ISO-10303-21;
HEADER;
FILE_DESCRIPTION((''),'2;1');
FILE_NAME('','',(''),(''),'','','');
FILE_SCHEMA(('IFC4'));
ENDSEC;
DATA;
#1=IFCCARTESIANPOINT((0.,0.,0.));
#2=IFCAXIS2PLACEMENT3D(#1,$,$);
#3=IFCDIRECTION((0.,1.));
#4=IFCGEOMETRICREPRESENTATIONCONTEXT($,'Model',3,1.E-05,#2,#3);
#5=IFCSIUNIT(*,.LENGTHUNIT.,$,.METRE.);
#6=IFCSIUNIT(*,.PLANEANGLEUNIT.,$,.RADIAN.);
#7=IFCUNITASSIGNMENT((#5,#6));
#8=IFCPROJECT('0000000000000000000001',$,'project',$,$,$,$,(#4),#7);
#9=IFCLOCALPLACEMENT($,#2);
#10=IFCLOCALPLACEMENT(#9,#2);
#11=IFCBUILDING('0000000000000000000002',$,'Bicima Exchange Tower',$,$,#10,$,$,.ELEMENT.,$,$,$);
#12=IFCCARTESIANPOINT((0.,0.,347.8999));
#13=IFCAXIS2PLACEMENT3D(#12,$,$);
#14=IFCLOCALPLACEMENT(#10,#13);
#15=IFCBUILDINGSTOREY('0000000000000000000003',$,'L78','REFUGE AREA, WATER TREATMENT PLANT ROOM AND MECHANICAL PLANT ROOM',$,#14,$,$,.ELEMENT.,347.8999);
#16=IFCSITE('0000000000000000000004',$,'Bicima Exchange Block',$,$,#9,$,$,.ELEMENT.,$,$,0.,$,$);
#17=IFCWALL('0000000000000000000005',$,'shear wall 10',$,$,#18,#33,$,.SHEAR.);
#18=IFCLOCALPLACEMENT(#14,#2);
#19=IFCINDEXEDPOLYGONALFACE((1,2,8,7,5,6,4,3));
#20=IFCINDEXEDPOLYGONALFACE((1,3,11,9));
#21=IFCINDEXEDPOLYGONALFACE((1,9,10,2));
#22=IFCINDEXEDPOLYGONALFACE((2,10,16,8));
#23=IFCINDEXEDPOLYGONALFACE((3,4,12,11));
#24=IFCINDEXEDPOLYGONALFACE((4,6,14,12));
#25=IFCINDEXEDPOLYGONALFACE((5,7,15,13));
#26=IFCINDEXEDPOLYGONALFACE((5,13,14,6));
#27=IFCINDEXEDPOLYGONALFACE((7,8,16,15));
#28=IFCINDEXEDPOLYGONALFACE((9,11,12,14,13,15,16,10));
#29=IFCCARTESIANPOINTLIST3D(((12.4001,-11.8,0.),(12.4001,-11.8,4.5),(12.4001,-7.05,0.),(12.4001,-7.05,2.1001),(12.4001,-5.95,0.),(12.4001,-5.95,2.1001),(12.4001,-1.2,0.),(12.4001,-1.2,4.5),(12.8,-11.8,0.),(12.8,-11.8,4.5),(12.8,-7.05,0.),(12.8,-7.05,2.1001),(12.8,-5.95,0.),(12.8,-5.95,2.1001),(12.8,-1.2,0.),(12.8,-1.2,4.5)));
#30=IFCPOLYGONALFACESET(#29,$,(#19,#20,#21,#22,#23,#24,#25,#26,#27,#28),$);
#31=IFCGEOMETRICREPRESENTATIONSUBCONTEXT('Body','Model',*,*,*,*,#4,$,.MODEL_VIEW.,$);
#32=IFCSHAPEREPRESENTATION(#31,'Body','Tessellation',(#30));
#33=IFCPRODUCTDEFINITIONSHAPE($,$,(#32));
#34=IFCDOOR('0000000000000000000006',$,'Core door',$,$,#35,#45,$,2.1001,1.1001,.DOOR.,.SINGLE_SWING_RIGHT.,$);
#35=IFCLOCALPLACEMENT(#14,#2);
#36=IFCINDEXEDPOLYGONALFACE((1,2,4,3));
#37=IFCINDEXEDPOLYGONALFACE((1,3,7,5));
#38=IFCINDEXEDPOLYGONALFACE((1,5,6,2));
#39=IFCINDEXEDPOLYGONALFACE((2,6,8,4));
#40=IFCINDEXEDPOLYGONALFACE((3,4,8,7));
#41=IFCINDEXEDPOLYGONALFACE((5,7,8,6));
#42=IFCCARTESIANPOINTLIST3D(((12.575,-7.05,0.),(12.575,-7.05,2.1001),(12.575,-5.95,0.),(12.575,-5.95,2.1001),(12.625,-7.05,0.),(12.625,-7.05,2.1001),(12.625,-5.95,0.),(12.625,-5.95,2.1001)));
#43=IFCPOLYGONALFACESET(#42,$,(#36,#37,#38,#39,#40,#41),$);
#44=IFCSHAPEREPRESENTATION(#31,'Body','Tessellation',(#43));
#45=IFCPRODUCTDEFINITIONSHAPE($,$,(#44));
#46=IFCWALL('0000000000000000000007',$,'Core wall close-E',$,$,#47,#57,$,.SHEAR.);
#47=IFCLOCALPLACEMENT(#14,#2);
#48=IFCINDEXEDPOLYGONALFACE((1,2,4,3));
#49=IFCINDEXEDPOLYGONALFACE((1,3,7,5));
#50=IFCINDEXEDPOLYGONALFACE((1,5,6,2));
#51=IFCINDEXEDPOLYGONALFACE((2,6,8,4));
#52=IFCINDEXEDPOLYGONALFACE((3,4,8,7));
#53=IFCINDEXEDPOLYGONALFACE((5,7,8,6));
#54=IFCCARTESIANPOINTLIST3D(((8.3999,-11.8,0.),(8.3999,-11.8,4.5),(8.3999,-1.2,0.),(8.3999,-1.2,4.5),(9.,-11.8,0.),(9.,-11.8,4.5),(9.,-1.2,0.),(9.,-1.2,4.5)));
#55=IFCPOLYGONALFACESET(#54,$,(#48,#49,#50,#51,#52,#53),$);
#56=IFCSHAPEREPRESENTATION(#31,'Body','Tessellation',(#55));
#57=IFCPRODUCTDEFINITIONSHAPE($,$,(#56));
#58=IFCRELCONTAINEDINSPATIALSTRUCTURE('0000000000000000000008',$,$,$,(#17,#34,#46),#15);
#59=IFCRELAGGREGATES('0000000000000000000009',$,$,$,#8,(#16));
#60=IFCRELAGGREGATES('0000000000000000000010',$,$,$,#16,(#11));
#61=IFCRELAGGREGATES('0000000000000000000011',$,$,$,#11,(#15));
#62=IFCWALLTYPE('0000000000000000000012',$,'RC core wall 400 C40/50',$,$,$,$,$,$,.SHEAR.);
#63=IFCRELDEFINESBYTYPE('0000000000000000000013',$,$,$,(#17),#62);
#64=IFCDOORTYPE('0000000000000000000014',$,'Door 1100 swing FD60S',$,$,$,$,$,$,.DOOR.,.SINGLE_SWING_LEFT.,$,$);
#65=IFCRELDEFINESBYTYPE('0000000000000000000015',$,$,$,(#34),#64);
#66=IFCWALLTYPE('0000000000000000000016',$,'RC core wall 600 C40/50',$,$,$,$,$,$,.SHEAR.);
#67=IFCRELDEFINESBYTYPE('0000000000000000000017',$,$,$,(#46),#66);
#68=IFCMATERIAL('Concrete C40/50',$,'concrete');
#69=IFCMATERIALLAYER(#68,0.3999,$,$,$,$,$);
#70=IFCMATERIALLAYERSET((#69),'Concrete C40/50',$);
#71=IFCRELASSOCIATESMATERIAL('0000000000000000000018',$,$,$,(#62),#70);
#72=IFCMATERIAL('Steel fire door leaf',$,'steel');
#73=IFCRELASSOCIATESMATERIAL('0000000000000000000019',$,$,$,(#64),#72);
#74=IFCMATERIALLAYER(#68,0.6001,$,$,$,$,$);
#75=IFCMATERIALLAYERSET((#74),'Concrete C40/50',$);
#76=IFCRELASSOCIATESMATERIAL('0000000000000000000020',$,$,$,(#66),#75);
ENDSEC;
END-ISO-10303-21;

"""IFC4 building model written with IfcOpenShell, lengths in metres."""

from ifc_helpers import new_model, si_unit, direction, frame, frame_2d, origin, place, context, subcontext, project, spatial, rectangle, extrude, material, layer, layer_set, type_object, element, fill, save


model = new_model("IFC4")

# Units and contexts
model_context = context("Model", 3, precision=1e-05, world=origin(), true_north=direction((0.0, 1.0)))
body_context = subcontext(model_context, "Body", "Model", "MODEL_VIEW")
ifc_project = project(units=[si_unit("LENGTHUNIT", "METRE"), si_unit("PLANEANGLEUNIT", "RADIAN")], contexts=[model_context])

# Site, building, storey
site_placement = place(None, origin())
site = spatial("IfcSite", under=ifc_project, at=site_placement, Name="Bicima Exchange Block", CompositionType="ELEMENT", RefElevation=0.0)
building_placement = place(site_placement, origin())
building = spatial("IfcBuilding", under=site, at=building_placement, Name="Bicima Exchange Tower", CompositionType="ELEMENT")
storey_placement = place(building_placement, frame((0.0, 0.0, 347.8999)))
storey = spatial("IfcBuildingStorey", under=building, at=storey_placement, Name="L78", Description="REFUGE AREA, WATER TREATMENT PLANT ROOM AND MECHANICAL PLANT ROOM", CompositionType="ELEMENT", Elevation=347.8999)

# Shared definitions
ifc_material_1 = material(Name="Concrete C40/50", Category="concrete")

# Shared definitions
ifc_material_2 = material(Name="Steel fire door leaf", Category="steel")

# Wall, opening, door
ifc_layer_1 = layer(ifc_material_1, 0.3999)
ifc_layer_set_1 = layer_set([ifc_layer_1], Name="Concrete C40/50")
wall_type_1 = type_object("IfcWallType", Name="RC core wall 400 C40/50", PredefinedType="SHEAR", material=ifc_layer_set_1)
wall_1_placement = place(storey_placement, frame((12.6001, -11.8, 0.0), z_axis=(0.0, 0.0, 1.0), x_axis=(0.0, 1.0, 0.0)))
wall_1 = element("IfcWall", 1, at=wall_1_placement, inside=storey, type_object=wall_type_1, Name="shear wall 10", PredefinedType="SHEAR", context=body_context, shape_type="SweptSolid", body=[
    extrude(rectangle(XDim=10.6001, YDim=0.3999, at=frame_2d((5.3, 0.0))), origin(), (0.0, 0.0, 1.0), 4.5),
])
opening_1_placement = place(wall_1_placement, frame((4.75, 0.0, 0.0)))
opening_1 = element("IfcOpeningElement", 2, at=opening_1_placement, cuts=wall_1, PredefinedType="OPENING", context=body_context, shape_type="SweptSolid", body=[
    extrude(rectangle(XDim=1.1001, YDim=2.1001, at=frame_2d((0.55, 1.05))), frame((0.0, 0.2119, 0.0), z_axis=(0.0, -1.0, 0.0), x_axis=(1.0, 0.0, 0.0)), (0.0, 0.0, 1.0), 0.4238),
])
door_type_1 = type_object("IfcDoorType", Name="Door 1100 swing FD60S", OperationType="SINGLE_SWING_LEFT", PredefinedType="DOOR", material=ifc_material_2)
door_1_placement = place(opening_1_placement, frame((1.1001, 0.0, 0.0), z_axis=(0.0, 0.0, 1.0), x_axis=(-1.0, 0.0, 0.0)))
door_1 = element("IfcDoor", 3, at=door_1_placement, inside=storey, type_object=door_type_1, Name="Core door", OperationType="SINGLE_SWING_RIGHT", OverallHeight=2.1001, OverallWidth=1.1001, PredefinedType="DOOR", context=body_context, shape_type="SweptSolid", body=[
    extrude(rectangle(XDim=1.1001, YDim=2.1001, at=frame_2d((0.55, 1.05))), frame((0.0, 0.0249, 0.0), z_axis=(0.0, -1.0, 0.0), x_axis=(1.0, 0.0, 0.0)), (0.0, 0.0, 1.0), 0.05),
])
fill(opening_1, door_1)

# Wall
ifc_layer_2 = layer(ifc_material_1, 0.6001)
ifc_layer_set_2 = layer_set([ifc_layer_2], Name="Concrete C40/50")
wall_type_2 = type_object("IfcWallType", Name="RC core wall 600 C40/50", PredefinedType="SHEAR", material=ifc_layer_set_2)
wall_2_placement = place(storey_placement, frame((8.7, -11.8, 0.0), z_axis=(0.0, 0.0, 1.0), x_axis=(0.0, 1.0, 0.0)))
element("IfcWall", 4, at=wall_2_placement, inside=storey, type_object=wall_type_2, Name="Core wall close-E", PredefinedType="SHEAR", context=body_context, shape_type="SweptSolid", body=[
    extrude(rectangle(XDim=10.6001, YDim=0.6001, at=frame_2d((5.3, 0.0))), origin(), (0.0, 0.0, 1.0), 4.5),
])

save(model, "model.ifc")
